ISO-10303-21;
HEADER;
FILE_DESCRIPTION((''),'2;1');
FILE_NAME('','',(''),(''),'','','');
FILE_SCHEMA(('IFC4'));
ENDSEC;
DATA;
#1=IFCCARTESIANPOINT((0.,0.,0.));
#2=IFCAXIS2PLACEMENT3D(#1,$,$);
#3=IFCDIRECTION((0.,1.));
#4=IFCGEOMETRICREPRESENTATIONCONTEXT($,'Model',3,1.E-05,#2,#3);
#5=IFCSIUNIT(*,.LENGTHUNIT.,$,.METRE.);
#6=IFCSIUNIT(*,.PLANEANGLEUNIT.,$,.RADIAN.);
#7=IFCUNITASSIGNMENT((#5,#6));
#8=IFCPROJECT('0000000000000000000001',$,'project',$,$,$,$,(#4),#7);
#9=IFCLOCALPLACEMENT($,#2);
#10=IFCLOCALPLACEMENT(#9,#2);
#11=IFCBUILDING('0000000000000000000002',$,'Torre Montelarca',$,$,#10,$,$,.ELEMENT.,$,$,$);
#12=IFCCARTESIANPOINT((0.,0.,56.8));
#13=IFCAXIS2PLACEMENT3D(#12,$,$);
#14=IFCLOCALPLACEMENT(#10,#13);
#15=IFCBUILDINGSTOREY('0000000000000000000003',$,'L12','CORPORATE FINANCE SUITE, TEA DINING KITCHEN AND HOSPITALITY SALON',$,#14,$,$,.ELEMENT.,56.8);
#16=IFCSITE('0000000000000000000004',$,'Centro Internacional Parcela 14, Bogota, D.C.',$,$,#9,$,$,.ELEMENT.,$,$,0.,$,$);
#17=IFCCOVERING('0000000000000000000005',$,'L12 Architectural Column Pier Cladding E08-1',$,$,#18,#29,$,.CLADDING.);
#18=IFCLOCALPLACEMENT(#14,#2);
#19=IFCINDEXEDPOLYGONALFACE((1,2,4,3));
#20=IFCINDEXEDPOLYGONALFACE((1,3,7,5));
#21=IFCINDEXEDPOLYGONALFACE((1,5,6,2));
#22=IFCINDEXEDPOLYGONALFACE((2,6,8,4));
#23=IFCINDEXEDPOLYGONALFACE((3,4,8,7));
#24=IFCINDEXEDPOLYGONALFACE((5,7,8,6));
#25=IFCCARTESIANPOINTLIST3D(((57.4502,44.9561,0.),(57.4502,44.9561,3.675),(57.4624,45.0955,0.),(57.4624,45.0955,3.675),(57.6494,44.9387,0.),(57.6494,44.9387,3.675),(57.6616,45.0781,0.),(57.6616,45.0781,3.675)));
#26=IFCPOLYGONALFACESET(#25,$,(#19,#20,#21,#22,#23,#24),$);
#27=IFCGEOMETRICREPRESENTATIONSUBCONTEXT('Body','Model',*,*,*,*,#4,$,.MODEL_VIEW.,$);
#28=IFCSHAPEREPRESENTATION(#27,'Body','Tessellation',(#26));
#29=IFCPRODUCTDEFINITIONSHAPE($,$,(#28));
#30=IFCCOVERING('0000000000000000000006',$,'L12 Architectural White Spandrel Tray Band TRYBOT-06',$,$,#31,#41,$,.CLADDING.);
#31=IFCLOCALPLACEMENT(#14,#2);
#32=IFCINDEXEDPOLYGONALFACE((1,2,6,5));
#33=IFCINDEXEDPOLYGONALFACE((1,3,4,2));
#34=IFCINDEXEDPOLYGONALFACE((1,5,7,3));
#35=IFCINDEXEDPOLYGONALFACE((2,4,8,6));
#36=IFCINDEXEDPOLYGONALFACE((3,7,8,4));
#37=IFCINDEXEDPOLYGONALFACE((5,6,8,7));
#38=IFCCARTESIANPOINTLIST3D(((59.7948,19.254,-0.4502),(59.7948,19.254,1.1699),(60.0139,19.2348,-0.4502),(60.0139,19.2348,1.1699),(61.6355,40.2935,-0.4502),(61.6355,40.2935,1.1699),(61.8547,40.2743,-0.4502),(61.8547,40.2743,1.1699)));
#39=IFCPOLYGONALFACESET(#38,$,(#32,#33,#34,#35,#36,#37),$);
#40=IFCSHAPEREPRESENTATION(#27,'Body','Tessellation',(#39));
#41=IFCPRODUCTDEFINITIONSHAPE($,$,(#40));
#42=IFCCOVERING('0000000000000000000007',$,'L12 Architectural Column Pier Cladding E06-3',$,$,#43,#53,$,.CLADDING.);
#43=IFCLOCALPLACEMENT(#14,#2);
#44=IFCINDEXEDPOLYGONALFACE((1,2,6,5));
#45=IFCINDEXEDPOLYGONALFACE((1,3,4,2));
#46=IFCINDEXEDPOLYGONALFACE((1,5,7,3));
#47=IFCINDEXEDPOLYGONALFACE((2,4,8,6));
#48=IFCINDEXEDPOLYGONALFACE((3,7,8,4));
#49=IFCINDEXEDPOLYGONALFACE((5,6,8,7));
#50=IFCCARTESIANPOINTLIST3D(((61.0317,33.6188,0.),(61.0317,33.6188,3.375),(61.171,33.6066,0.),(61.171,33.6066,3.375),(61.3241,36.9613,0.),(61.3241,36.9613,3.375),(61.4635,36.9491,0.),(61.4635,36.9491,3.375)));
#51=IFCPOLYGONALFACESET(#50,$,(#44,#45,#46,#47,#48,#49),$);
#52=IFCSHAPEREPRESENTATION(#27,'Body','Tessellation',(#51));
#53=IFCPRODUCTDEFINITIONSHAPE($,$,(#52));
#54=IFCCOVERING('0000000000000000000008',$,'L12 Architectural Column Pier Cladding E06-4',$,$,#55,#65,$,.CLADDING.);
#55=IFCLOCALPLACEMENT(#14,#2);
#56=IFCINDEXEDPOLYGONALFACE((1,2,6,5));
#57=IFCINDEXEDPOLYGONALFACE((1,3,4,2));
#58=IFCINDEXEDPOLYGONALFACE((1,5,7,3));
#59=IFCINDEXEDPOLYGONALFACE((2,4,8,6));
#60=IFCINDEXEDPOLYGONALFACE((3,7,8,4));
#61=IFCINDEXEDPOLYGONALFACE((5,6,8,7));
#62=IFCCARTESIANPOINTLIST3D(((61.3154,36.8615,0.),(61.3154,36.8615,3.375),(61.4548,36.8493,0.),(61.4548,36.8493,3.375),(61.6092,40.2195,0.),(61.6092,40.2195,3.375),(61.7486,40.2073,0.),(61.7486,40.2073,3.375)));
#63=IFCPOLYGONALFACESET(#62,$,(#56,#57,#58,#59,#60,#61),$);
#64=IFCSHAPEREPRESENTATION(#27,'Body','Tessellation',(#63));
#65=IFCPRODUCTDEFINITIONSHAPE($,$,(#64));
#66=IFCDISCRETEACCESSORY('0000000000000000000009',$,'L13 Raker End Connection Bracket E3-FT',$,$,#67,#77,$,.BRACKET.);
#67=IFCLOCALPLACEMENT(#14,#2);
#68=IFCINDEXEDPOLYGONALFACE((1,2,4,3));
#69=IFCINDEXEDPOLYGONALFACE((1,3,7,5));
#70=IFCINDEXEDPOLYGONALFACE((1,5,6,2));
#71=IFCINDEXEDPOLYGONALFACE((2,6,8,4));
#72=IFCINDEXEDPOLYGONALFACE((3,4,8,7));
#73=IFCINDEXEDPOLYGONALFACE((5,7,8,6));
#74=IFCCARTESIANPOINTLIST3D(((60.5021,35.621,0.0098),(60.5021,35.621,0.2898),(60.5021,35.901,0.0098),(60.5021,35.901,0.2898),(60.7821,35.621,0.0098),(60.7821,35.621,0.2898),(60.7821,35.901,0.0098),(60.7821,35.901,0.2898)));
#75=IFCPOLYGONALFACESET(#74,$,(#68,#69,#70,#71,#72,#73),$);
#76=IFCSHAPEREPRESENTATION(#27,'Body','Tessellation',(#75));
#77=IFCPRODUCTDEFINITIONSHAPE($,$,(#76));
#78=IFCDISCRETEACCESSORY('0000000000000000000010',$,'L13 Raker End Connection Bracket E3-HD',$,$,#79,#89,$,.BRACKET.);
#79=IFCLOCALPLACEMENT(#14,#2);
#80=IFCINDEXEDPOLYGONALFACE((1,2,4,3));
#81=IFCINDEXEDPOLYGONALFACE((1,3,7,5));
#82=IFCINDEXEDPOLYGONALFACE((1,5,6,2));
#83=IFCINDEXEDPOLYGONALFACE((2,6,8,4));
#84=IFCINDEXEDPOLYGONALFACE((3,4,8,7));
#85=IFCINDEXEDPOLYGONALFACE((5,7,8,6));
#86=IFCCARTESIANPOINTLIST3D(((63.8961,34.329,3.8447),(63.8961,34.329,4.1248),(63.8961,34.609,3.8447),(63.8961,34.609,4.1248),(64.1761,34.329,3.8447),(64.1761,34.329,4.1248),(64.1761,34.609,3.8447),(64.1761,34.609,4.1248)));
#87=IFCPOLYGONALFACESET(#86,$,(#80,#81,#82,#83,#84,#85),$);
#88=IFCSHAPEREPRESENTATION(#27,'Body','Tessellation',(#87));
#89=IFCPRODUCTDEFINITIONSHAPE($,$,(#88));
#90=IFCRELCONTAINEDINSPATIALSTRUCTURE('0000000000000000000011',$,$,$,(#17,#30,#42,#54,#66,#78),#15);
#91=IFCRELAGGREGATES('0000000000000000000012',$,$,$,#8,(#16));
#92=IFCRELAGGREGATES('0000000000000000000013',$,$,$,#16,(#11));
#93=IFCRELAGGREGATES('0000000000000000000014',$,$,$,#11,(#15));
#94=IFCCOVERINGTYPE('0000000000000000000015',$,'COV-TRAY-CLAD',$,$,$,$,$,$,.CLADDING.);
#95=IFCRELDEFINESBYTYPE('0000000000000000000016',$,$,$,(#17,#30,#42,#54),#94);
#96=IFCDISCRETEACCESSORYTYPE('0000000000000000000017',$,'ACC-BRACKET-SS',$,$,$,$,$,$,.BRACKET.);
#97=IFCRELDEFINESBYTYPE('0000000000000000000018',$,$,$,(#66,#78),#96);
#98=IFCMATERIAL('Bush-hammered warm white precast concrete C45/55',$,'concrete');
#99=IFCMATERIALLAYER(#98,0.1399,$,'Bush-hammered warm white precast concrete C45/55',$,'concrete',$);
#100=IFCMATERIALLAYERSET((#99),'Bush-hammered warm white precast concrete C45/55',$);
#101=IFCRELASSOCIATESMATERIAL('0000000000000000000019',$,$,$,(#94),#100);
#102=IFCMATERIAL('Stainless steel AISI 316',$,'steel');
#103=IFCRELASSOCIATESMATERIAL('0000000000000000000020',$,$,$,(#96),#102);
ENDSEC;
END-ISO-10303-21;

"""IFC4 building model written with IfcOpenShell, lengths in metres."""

from ifc_helpers import new_model, si_unit, direction, frame, origin, origin_2d, place, context, subcontext, project, spatial, rectangle, extrude, source, transform, mapped, material, layer, layer_set, type_object, element, save


model = new_model("IFC4")

# Units and contexts
model_context = context("Model", 3, precision=1e-05, world=origin(), true_north=direction((0.0, 1.0)))
body_context = subcontext(model_context, "Body", "Model", "MODEL_VIEW")
ifc_project = project(units=[si_unit("LENGTHUNIT", "METRE"), si_unit("PLANEANGLEUNIT", "RADIAN")], contexts=[model_context])

# Site, building, storey
site_placement = place(None, origin())
site = spatial("IfcSite", under=ifc_project, at=site_placement, Name="Centro Internacional Parcela 14, Bogota, D.C.", CompositionType="ELEMENT", RefElevation=0.0)
building_placement = place(site_placement, origin())
building = spatial("IfcBuilding", under=site, at=building_placement, Name="Torre Montelarca", CompositionType="ELEMENT")
storey_placement = place(building_placement, frame((0.0, 0.0, 56.8)))
storey = spatial("IfcBuildingStorey", under=building, at=storey_placement, Name="L12", Description="CORPORATE FINANCE SUITE, TEA DINING KITCHEN AND HOSPITALITY SALON", CompositionType="ELEMENT", Elevation=56.8)

# Coverings
ifc_material_1 = material(Name="Bush-hammered warm white precast concrete C45/55", Category="concrete")
ifc_layer_1 = layer(ifc_material_1, 0.1399, Name="Bush-hammered warm white precast concrete C45/55", Category="concrete")
ifc_layer_set_1 = layer_set([ifc_layer_1], Name="Bush-hammered warm white precast concrete C45/55")
covering_type = type_object("IfcCoveringType", Name="COV-TRAY-CLAD", PredefinedType="CLADDING", material=ifc_layer_set_1)
shared_shape_1 = source(origin(), body_context, "Body", "SweptSolid", [
    extrude(rectangle(XDim=0.2, YDim=0.1399, at=origin_2d()), origin(), (0.0, 0.0, 1.0), 3.675),
])
covering_1_placement = place(storey_placement, frame((57.5559, 45.0171, 0.0), z_axis=(0.0, 0.0, 1.0), x_axis=(-0.996195, 0.087157, 0.0)))
element("IfcCovering", 1, at=covering_1_placement, inside=storey, type_object=covering_type, Name="L12 Architectural Column Pier Cladding E08-1", PredefinedType="CLADDING", context=body_context, shape_type="MappedRepresentation", body=[
    mapped(shared_shape_1, transform((0.0, 0.0, 0.0), scale=1.0)),
])
shared_shape_2 = source(origin(), body_context, "Body", "SweptSolid", [
    extrude(rectangle(XDim=21.1199, YDim=0.22, at=origin_2d()), origin(), (0.0, 0.0, 1.0), 1.6201),
])
covering_2_placement = place(storey_placement, frame((60.8247, 29.7642, -0.4502), z_axis=(0.0, 0.0, 1.0), x_axis=(0.087157, 0.996195, 0.0)))
element("IfcCovering", 2, at=covering_2_placement, inside=storey, type_object=covering_type, Name="L12 Architectural White Spandrel Tray Band TRYBOT-06", PredefinedType="CLADDING", context=body_context, shape_type="MappedRepresentation", body=[
    mapped(shared_shape_2, transform((0.0, 0.0, 0.0), scale=1.0)),
])
shared_shape_3 = source(origin(), body_context, "Body", "SweptSolid", [
    extrude(rectangle(XDim=3.3552, YDim=0.1399, at=origin_2d()), origin(), (0.0, 0.0, 1.0), 3.375),
])
covering_3_placement = place(storey_placement, frame((61.2476, 35.2839, 0.0), z_axis=(0.0, 0.0, 1.0), x_axis=(0.087161, 0.996194, 0.0)))
element("IfcCovering", 3, at=covering_3_placement, inside=storey, type_object=covering_type, Name="L12 Architectural Column Pier Cladding E06-3", PredefinedType="CLADDING", context=body_context, shape_type="MappedRepresentation", body=[
    mapped(shared_shape_3, transform((0.0, 0.0, 0.0), scale=1.0)),
])
shared_shape_4 = source(origin(), body_context, "Body", "SweptSolid", [
    extrude(rectangle(XDim=3.3708, YDim=0.1399, at=origin_2d()), origin(), (0.0, 0.0, 1.0), 3.375),
])
covering_4_placement = place(storey_placement, frame((61.532, 38.5344, 0.0), z_axis=(0.0, 0.0, 1.0), x_axis=(0.087161, 0.996194, 0.0)))
element("IfcCovering", 4, at=covering_4_placement, inside=storey, type_object=covering_type, Name="L12 Architectural Column Pier Cladding E06-4", PredefinedType="CLADDING", context=body_context, shape_type="MappedRepresentation", body=[
    mapped(shared_shape_4, transform((0.0, 0.0, 0.0), scale=1.0)),
])

# Discrete accessories
ifc_material_2 = material(Name="Stainless steel AISI 316", Category="steel")
discrete_accessory_type = type_object("IfcDiscreteAccessoryType", Name="ACC-BRACKET-SS", PredefinedType="BRACKET", material=ifc_material_2)
shared_shape_5 = source(origin(), body_context, "Body", "SweptSolid", [
    extrude(rectangle(XDim=0.28, YDim=0.28, at=origin_2d()), origin(), (0.0, 0.0, 1.0), 0.28),
])
for number, where, z_axis, x_axis, name in (
    (5, (60.6421, 35.761, 0.0098), (0.0, 0.0, 1.0), (1.0, 0.0, 0.0), "L13 Raker End Connection Bracket E3-FT"),
    (6, (64.0361, 34.469, 3.8447), (0.0, 0.0, 1.0), (1.0, 0.0, 0.0), "L13 Raker End Connection Bracket E3-HD"),
):
    element("IfcDiscreteAccessory", number, at=place(storey_placement, frame(where, z_axis=z_axis, x_axis=x_axis)), inside=storey, type_object=discrete_accessory_type, Name=name, PredefinedType="BRACKET", context=body_context, shape_type="MappedRepresentation", body=[
        mapped(shared_shape_5, transform((0.0, 0.0, 0.0), scale=1.0)),
    ])

save(model, "model.ifc")
